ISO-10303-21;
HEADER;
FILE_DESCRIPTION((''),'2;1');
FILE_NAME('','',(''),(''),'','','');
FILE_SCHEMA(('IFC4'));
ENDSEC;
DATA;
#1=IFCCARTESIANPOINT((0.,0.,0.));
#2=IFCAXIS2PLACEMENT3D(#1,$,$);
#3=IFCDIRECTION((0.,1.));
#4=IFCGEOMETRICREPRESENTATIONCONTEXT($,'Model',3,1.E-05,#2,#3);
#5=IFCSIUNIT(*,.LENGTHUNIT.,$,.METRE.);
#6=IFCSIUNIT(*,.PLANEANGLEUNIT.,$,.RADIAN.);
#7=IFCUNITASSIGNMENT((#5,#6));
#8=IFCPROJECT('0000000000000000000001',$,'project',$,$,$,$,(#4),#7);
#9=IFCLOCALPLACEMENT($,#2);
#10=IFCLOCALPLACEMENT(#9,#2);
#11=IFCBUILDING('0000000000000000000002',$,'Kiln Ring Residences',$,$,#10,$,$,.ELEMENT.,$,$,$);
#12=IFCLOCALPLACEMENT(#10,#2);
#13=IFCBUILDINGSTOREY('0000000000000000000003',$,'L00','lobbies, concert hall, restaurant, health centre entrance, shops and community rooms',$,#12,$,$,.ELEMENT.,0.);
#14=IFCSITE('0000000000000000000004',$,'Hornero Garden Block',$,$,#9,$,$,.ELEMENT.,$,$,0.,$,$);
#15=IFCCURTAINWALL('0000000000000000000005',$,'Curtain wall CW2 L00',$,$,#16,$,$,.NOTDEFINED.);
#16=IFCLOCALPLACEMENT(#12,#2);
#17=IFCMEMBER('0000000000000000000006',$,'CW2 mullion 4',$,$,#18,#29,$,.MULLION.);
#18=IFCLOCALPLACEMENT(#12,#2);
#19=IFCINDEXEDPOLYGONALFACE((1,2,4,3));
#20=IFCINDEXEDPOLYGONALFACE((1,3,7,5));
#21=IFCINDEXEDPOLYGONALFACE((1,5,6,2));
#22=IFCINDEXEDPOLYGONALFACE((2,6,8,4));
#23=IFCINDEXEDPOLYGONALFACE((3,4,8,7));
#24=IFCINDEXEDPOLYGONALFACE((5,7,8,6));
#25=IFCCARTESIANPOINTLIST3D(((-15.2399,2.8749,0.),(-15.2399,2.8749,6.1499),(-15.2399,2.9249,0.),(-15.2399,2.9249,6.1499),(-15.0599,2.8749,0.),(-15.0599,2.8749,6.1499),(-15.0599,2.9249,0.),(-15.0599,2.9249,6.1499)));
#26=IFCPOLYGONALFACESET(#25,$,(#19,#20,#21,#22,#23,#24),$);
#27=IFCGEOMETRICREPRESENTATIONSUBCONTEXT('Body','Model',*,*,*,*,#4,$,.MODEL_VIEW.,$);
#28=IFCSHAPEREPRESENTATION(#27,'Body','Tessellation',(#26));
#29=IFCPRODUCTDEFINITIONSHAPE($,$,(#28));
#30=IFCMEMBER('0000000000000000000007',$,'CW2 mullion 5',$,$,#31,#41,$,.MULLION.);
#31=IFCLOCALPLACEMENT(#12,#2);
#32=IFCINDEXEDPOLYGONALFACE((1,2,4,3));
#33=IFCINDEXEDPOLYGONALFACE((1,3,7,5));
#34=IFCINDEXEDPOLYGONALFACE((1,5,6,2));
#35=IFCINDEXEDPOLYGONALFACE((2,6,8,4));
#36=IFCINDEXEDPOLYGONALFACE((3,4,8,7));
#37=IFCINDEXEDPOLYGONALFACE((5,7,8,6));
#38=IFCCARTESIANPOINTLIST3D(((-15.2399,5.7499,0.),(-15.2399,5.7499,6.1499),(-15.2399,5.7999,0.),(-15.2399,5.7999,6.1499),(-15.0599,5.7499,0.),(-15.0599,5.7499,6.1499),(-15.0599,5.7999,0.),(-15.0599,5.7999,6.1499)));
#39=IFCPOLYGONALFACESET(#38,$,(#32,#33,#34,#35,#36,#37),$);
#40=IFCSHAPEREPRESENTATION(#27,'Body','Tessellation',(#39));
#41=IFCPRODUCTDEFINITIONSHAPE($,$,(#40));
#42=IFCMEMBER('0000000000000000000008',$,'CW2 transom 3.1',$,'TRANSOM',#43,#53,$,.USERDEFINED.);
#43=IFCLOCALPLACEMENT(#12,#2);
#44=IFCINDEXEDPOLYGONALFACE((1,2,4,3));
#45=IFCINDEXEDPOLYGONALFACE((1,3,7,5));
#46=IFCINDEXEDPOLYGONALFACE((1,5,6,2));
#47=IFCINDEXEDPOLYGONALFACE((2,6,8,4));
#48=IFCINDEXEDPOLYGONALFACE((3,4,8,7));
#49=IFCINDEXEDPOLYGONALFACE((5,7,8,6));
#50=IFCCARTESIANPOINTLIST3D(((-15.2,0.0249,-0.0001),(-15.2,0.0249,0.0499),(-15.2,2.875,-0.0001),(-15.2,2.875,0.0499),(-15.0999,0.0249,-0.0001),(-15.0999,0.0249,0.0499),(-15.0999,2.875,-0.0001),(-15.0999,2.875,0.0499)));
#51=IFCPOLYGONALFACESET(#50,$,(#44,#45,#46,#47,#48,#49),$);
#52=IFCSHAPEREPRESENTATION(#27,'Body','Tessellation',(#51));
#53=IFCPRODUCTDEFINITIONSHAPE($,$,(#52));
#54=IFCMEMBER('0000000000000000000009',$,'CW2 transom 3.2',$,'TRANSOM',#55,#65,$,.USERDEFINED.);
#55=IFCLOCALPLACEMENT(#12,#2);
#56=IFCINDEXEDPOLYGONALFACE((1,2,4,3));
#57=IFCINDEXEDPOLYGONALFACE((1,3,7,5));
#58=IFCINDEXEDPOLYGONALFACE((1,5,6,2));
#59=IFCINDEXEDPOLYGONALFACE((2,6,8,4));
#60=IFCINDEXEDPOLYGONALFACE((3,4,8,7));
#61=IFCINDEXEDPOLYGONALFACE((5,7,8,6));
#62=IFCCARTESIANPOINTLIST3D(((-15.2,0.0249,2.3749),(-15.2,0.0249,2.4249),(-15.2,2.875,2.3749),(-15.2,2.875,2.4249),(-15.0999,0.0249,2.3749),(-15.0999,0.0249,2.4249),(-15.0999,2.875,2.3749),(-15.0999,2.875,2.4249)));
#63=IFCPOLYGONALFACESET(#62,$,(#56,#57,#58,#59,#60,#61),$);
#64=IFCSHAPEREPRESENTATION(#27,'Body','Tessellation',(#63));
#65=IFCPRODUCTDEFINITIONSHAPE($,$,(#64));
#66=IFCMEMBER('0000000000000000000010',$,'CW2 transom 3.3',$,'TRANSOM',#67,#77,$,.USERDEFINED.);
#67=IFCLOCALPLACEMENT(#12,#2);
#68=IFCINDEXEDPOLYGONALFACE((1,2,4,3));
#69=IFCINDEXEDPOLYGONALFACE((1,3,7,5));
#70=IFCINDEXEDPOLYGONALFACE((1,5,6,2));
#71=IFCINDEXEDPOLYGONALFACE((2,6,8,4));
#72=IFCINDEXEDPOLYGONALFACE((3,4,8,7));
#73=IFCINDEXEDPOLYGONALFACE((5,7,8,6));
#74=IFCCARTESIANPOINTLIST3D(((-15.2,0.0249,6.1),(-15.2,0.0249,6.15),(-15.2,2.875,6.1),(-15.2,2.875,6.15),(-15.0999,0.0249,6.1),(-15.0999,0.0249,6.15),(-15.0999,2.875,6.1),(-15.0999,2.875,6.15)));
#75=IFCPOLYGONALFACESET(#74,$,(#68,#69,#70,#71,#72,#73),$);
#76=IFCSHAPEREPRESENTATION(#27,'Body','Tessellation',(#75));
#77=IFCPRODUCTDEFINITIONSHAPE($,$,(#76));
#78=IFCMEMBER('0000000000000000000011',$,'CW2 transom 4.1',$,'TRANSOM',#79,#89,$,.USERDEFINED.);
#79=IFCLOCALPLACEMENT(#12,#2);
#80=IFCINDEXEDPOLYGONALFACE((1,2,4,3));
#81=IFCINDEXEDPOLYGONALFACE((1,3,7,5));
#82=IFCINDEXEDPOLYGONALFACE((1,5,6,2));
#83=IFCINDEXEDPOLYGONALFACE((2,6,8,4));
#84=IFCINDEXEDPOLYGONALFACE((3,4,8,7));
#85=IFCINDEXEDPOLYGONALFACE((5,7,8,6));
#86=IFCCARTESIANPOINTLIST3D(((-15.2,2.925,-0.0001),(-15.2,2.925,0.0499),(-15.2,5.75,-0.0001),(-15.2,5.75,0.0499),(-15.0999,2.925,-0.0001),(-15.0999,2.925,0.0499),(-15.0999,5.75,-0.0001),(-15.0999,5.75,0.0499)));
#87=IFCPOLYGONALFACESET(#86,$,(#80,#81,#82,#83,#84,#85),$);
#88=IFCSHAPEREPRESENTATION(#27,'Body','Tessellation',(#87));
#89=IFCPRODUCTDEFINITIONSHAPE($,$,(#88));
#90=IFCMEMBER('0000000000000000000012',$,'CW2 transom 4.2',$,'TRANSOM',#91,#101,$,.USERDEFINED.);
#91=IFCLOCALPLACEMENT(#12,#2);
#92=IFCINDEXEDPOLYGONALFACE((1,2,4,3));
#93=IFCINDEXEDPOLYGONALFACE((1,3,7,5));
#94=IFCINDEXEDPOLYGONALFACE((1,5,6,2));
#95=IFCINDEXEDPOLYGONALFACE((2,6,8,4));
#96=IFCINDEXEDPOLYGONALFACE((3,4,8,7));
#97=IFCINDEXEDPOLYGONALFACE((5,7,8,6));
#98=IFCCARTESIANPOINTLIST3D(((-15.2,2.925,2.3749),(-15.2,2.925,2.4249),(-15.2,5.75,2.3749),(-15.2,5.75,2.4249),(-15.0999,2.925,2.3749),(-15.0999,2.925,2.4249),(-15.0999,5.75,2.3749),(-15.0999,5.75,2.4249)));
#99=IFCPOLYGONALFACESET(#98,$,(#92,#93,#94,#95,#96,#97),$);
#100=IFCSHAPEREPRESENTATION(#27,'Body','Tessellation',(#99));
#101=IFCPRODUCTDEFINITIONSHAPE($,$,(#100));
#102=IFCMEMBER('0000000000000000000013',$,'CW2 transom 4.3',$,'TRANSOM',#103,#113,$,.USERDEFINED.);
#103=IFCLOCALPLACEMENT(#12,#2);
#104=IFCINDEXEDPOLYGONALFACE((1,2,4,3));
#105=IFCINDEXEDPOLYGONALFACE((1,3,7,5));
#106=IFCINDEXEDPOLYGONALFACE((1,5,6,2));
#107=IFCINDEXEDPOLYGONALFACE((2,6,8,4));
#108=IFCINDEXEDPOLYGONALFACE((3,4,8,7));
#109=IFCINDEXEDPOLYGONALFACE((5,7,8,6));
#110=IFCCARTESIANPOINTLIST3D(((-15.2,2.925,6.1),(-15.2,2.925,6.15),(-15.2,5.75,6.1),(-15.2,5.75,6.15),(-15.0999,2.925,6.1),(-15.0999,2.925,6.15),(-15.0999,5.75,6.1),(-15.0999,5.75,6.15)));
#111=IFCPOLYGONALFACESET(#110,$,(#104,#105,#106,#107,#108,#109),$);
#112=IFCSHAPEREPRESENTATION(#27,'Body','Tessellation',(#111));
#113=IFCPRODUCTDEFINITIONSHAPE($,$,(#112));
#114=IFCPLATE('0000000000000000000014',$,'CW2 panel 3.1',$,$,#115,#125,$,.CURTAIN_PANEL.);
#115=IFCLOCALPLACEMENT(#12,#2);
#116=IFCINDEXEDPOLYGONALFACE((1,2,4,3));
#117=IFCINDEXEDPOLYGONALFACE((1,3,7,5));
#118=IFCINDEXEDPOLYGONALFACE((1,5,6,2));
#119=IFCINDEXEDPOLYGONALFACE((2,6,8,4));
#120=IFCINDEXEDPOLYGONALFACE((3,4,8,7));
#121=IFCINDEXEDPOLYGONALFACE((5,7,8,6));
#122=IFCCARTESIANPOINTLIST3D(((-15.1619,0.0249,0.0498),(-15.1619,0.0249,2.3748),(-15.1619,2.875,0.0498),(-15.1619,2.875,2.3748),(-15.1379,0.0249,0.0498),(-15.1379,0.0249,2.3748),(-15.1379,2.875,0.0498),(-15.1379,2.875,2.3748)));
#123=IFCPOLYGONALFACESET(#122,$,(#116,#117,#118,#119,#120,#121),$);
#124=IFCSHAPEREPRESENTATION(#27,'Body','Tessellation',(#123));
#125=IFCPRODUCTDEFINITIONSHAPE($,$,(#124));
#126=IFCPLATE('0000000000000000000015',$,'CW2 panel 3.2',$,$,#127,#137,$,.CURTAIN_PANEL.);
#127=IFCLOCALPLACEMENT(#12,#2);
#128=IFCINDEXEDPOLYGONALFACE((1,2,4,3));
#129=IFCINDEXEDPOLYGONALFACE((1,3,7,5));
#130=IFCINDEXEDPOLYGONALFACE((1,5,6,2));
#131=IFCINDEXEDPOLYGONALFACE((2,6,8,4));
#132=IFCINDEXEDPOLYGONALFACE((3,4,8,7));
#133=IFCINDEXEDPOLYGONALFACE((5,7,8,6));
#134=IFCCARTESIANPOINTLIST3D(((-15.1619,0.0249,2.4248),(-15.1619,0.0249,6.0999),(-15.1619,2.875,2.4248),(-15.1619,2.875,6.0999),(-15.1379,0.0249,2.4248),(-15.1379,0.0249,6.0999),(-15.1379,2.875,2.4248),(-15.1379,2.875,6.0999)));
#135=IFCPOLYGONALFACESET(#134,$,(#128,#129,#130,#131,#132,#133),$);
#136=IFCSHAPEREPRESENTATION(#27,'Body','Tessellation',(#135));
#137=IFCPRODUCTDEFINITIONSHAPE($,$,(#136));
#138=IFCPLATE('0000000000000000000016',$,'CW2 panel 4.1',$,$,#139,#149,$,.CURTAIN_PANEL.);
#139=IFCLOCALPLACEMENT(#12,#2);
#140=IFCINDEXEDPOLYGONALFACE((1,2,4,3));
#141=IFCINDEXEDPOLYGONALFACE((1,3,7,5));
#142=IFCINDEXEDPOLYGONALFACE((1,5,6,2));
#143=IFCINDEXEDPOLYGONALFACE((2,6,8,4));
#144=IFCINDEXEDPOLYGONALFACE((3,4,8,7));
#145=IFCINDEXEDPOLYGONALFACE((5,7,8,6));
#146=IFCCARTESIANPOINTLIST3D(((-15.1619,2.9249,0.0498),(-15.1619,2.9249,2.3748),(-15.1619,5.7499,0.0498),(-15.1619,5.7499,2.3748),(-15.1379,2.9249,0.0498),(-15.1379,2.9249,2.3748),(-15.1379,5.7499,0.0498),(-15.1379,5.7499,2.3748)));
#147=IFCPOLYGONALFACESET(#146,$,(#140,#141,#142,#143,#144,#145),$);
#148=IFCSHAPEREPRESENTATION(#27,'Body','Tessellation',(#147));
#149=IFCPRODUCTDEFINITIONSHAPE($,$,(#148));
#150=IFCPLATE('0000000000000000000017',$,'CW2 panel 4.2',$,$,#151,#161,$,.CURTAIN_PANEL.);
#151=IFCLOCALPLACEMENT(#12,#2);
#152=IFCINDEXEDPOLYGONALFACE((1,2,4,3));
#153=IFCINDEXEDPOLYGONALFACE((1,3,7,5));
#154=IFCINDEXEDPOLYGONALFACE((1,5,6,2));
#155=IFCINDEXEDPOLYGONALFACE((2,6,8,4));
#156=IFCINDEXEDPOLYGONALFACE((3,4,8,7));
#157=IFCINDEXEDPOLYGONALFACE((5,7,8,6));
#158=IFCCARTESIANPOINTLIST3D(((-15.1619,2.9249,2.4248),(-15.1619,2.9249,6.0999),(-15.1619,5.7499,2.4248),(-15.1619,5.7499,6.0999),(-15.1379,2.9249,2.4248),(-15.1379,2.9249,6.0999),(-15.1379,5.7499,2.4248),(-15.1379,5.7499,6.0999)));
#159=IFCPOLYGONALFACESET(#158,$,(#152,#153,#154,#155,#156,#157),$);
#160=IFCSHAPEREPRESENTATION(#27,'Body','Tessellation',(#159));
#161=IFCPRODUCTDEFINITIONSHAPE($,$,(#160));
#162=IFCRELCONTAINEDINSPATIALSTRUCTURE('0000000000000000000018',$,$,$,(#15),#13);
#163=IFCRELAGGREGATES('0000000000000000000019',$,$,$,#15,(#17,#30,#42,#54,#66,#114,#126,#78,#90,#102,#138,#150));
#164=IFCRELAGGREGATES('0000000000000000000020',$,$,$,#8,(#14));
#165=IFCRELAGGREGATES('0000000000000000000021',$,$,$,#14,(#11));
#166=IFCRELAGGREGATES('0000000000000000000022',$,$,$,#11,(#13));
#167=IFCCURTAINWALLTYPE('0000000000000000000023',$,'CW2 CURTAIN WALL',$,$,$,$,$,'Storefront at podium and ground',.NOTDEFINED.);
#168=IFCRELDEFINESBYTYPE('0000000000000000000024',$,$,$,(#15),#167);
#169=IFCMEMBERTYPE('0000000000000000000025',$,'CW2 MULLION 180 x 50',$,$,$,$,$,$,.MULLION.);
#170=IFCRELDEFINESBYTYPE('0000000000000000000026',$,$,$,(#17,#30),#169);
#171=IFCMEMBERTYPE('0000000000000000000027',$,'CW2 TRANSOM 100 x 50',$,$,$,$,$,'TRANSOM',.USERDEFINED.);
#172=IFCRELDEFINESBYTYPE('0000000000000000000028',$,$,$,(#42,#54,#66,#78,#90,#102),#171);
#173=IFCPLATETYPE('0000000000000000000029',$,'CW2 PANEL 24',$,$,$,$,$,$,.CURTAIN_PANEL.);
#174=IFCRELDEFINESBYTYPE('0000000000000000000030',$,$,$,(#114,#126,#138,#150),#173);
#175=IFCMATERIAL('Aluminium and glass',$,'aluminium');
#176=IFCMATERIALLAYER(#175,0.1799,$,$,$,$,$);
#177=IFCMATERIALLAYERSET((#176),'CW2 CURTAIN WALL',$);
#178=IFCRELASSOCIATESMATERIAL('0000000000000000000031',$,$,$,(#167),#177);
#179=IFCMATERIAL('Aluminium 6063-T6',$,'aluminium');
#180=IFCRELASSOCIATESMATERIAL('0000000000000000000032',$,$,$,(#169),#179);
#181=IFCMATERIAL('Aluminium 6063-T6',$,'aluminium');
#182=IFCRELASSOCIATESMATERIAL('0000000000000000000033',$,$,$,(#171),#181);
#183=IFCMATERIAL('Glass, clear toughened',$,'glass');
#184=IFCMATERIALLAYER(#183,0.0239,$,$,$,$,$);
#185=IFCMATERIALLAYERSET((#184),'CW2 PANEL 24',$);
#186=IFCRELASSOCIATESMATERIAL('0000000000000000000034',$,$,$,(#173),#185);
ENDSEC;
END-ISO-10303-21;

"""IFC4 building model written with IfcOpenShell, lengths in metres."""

from ifc_helpers import new_model, si_unit, direction, frame, origin, origin_2d, place, context, subcontext, project, spatial, rectangle, extrude, material, layer, layer_set, material_profile, profile_set, type_object, element, aggregate, save


model = new_model("IFC4")

# Units and contexts
model_context = context("Model", 3, precision=1e-05, world=origin(), true_north=direction((0.0, 1.0)))
body_context = subcontext(model_context, "Body", "Model", "MODEL_VIEW")
ifc_project = project(units=[si_unit("LENGTHUNIT", "METRE"), si_unit("PLANEANGLEUNIT", "RADIAN")], contexts=[model_context])

# Site, building, storey
site_placement = place(None, origin())
site = spatial("IfcSite", under=ifc_project, at=site_placement, Name="Hornero Garden Block", CompositionType="ELEMENT", RefElevation=0.0)
building_placement = place(site_placement, origin())
building = spatial("IfcBuilding", under=site, at=building_placement, Name="Kiln Ring Residences", CompositionType="ELEMENT")
storey_placement = place(building_placement, origin())
storey = spatial("IfcBuildingStorey", under=building, at=storey_placement, Name="L00", Description="lobbies, concert hall, restaurant, health centre entrance, shops and community rooms", CompositionType="ELEMENT", Elevation=0.0)

# Curtain wall, members, plates
ifc_material_1 = material(Name="Aluminium and glass", Category="aluminium")
ifc_layer_1 = layer(ifc_material_1, 0.1799)
ifc_layer_set_1 = layer_set([ifc_layer_1], Name="CW2 CURTAIN WALL")
curtain_wall_type = type_object("IfcCurtainWallType", Name="CW2 CURTAIN WALL", ElementType="Storefront at podium and ground", PredefinedType="NOTDEFINED", material=ifc_layer_set_1)
placement = place(storey_placement, origin())
curtain_wall = element("IfcCurtainWall", 1, at=placement, inside=storey, type_object=curtain_wall_type, Name="Curtain wall CW2 L00", PredefinedType="NOTDEFINED")
ifc_material_2 = material(Name="Aluminium 6063-T6", Category="aluminium")
ifc_material_profile_1 = material_profile(ifc_material_2, rectangle(XDim=0.1799, YDim=0.05, at=origin_2d()), Name="AL 180x50")
ifc_profile_set_1 = profile_set([ifc_material_profile_1], Name="Aluminium 6063-T6")
member_type_1 = type_object("IfcMemberType", Name="CW2 MULLION 180 x 50", PredefinedType="MULLION", material=ifc_profile_set_1)
member_1_placement = place(storey_placement, frame((-15.1499, 2.8999, 0.0), z_axis=(0.0, 0.0, 1.0), x_axis=(-1.0, 0.0, 0.0)))
member_1 = element("IfcMember", 2, at=member_1_placement, type_object=member_type_1, Name="CW2 mullion 4", PredefinedType="MULLION", context=body_context, shape_type="SweptSolid", body=[
    extrude(rectangle(XDim=0.1799, YDim=0.05, at=origin_2d()), origin(), (0.0, 0.0, 1.0), 6.1499),
])
member_2_placement = place(storey_placement, frame((-15.1499, 5.7749, 0.0), z_axis=(0.0, 0.0, 1.0), x_axis=(-1.0, 0.0, 0.0)))
member_2 = element("IfcMember", 3, at=member_2_placement, type_object=member_type_1, Name="CW2 mullion 5", PredefinedType="MULLION", context=body_context, shape_type="SweptSolid", body=[
    extrude(rectangle(XDim=0.1799, YDim=0.05, at=origin_2d()), origin(), (0.0, 0.0, 1.0), 6.1499),
])
ifc_material_3 = material(Name="Aluminium 6063-T6", Category="aluminium")
ifc_material_profile_2 = material_profile(ifc_material_3, rectangle(XDim=0.1001, YDim=0.05, at=origin_2d()), Name="AL 100x50")
ifc_profile_set_2 = profile_set([ifc_material_profile_2], Name="Aluminium 6063-T6")
member_type_2 = type_object("IfcMemberType", Name="CW2 TRANSOM 100 x 50", ElementType="TRANSOM", PredefinedType="USERDEFINED", material=ifc_profile_set_2)
member_3_placement = place(storey_placement, frame((-15.1499, 0.0249, 0.0249), z_axis=(0.0, 1.0, 0.0), x_axis=(-1.0, 0.0, 0.0)))
member_3 = element("IfcMember", 4, at=member_3_placement, type_object=member_type_2, Name="CW2 transom 3.1", ObjectType="TRANSOM", PredefinedType="USERDEFINED", context=body_context, shape_type="SweptSolid", body=[
    extrude(rectangle(XDim=0.1001, YDim=0.05, at=origin_2d()), origin(), (0.0, 0.0, 1.0), 2.8501),
])
member_4_placement = place(storey_placement, frame((-15.1499, 0.0249, 2.3999), z_axis=(0.0, 1.0, 0.0), x_axis=(-1.0, 0.0, 0.0)))
member_4 = element("IfcMember", 5, at=member_4_placement, type_object=member_type_2, Name="CW2 transom 3.2", ObjectType="TRANSOM", PredefinedType="USERDEFINED", context=body_context, shape_type="SweptSolid", body=[
    extrude(rectangle(XDim=0.1001, YDim=0.05, at=origin_2d()), origin(), (0.0, 0.0, 1.0), 2.8501),
])
member_5_placement = place(storey_placement, frame((-15.1499, 0.0249, 6.125), z_axis=(0.0, 1.0, 0.0), x_axis=(-1.0, 0.0, 0.0)))
member_5 = element("IfcMember", 6, at=member_5_placement, type_object=member_type_2, Name="CW2 transom 3.3", ObjectType="TRANSOM", PredefinedType="USERDEFINED", context=body_context, shape_type="SweptSolid", body=[
    extrude(rectangle(XDim=0.1001, YDim=0.05, at=origin_2d()), origin(), (0.0, 0.0, 1.0), 2.8501),
])
member_6_placement = place(storey_placement, frame((-15.1499, 2.925, 0.0249), z_axis=(0.0, 1.0, 0.0), x_axis=(-1.0, 0.0, 0.0)))
member_6 = element("IfcMember", 7, at=member_6_placement, type_object=member_type_2, Name="CW2 transom 4.1", ObjectType="TRANSOM", PredefinedType="USERDEFINED", context=body_context, shape_type="SweptSolid", body=[
    extrude(rectangle(XDim=0.1001, YDim=0.05, at=origin_2d()), origin(), (0.0, 0.0, 1.0), 2.825),
])
member_7_placement = place(storey_placement, frame((-15.1499, 2.925, 2.3999), z_axis=(0.0, 1.0, 0.0), x_axis=(-1.0, 0.0, 0.0)))
member_7 = element("IfcMember", 8, at=member_7_placement, type_object=member_type_2, Name="CW2 transom 4.2", ObjectType="TRANSOM", PredefinedType="USERDEFINED", context=body_context, shape_type="SweptSolid", body=[
    extrude(rectangle(XDim=0.1001, YDim=0.05, at=origin_2d()), origin(), (0.0, 0.0, 1.0), 2.825),
])
member_8_placement = place(storey_placement, frame((-15.1499, 2.925, 6.125), z_axis=(0.0, 1.0, 0.0), x_axis=(-1.0, 0.0, 0.0)))
member_8 = element("IfcMember", 9, at=member_8_placement, type_object=member_type_2, Name="CW2 transom 4.3", ObjectType="TRANSOM", PredefinedType="USERDEFINED", context=body_context, shape_type="SweptSolid", body=[
    extrude(rectangle(XDim=0.1001, YDim=0.05, at=origin_2d()), origin(), (0.0, 0.0, 1.0), 2.825),
])
ifc_material_4 = material(Name="Glass, clear toughened", Category="glass")
ifc_layer_2 = layer(ifc_material_4, 0.0239)
ifc_layer_set_2 = layer_set([ifc_layer_2], Name="CW2 PANEL 24")
plate_type = type_object("IfcPlateType", Name="CW2 PANEL 24", PredefinedType="CURTAIN_PANEL", material=ifc_layer_set_2)
plate_1_placement = place(storey_placement, frame((-15.1499, 1.45, 0.0498), z_axis=(0.0, 0.0, 1.0), x_axis=(0.0, 1.0, 0.0)))
plate_1 = element("IfcPlate", 10, at=plate_1_placement, type_object=plate_type, Name="CW2 panel 3.1", PredefinedType="CURTAIN_PANEL", context=body_context, shape_type="SweptSolid", body=[
    extrude(rectangle(XDim=2.8501, YDim=0.0239, at=origin_2d()), origin(), (0.0, 0.0, 1.0), 2.325),
])
plate_2_placement = place(storey_placement, frame((-15.1499, 1.45, 2.4248), z_axis=(0.0, 0.0, 1.0), x_axis=(0.0, 1.0, 0.0)))
plate_2 = element("IfcPlate", 11, at=plate_2_placement, type_object=plate_type, Name="CW2 panel 3.2", PredefinedType="CURTAIN_PANEL", context=body_context, shape_type="SweptSolid", body=[
    extrude(rectangle(XDim=2.8501, YDim=0.0239, at=origin_2d()), origin(), (0.0, 0.0, 1.0), 3.675),
])
plate_3_placement = place(storey_placement, frame((-15.1499, 4.3374, 0.0498), z_axis=(0.0, 0.0, 1.0), x_axis=(0.0, 1.0, 0.0)))
plate_3 = element("IfcPlate", 12, at=plate_3_placement, type_object=plate_type, Name="CW2 panel 4.1", PredefinedType="CURTAIN_PANEL", context=body_context, shape_type="SweptSolid", body=[
    extrude(rectangle(XDim=2.825, YDim=0.0239, at=origin_2d()), origin(), (0.0, 0.0, 1.0), 2.325),
])
plate_4_placement = place(storey_placement, frame((-15.1499, 4.3374, 2.4248), z_axis=(0.0, 0.0, 1.0), x_axis=(0.0, 1.0, 0.0)))
plate_4 = element("IfcPlate", 13, at=plate_4_placement, type_object=plate_type, Name="CW2 panel 4.2", PredefinedType="CURTAIN_PANEL", context=body_context, shape_type="SweptSolid", body=[
    extrude(rectangle(XDim=2.825, YDim=0.0239, at=origin_2d()), origin(), (0.0, 0.0, 1.0), 3.675),
])
aggregate(curtain_wall, [member_1, member_2, member_3, member_4, member_5, plate_1, plate_2, member_6, member_7, member_8, plate_3, plate_4])

save(model, "model.ifc")
